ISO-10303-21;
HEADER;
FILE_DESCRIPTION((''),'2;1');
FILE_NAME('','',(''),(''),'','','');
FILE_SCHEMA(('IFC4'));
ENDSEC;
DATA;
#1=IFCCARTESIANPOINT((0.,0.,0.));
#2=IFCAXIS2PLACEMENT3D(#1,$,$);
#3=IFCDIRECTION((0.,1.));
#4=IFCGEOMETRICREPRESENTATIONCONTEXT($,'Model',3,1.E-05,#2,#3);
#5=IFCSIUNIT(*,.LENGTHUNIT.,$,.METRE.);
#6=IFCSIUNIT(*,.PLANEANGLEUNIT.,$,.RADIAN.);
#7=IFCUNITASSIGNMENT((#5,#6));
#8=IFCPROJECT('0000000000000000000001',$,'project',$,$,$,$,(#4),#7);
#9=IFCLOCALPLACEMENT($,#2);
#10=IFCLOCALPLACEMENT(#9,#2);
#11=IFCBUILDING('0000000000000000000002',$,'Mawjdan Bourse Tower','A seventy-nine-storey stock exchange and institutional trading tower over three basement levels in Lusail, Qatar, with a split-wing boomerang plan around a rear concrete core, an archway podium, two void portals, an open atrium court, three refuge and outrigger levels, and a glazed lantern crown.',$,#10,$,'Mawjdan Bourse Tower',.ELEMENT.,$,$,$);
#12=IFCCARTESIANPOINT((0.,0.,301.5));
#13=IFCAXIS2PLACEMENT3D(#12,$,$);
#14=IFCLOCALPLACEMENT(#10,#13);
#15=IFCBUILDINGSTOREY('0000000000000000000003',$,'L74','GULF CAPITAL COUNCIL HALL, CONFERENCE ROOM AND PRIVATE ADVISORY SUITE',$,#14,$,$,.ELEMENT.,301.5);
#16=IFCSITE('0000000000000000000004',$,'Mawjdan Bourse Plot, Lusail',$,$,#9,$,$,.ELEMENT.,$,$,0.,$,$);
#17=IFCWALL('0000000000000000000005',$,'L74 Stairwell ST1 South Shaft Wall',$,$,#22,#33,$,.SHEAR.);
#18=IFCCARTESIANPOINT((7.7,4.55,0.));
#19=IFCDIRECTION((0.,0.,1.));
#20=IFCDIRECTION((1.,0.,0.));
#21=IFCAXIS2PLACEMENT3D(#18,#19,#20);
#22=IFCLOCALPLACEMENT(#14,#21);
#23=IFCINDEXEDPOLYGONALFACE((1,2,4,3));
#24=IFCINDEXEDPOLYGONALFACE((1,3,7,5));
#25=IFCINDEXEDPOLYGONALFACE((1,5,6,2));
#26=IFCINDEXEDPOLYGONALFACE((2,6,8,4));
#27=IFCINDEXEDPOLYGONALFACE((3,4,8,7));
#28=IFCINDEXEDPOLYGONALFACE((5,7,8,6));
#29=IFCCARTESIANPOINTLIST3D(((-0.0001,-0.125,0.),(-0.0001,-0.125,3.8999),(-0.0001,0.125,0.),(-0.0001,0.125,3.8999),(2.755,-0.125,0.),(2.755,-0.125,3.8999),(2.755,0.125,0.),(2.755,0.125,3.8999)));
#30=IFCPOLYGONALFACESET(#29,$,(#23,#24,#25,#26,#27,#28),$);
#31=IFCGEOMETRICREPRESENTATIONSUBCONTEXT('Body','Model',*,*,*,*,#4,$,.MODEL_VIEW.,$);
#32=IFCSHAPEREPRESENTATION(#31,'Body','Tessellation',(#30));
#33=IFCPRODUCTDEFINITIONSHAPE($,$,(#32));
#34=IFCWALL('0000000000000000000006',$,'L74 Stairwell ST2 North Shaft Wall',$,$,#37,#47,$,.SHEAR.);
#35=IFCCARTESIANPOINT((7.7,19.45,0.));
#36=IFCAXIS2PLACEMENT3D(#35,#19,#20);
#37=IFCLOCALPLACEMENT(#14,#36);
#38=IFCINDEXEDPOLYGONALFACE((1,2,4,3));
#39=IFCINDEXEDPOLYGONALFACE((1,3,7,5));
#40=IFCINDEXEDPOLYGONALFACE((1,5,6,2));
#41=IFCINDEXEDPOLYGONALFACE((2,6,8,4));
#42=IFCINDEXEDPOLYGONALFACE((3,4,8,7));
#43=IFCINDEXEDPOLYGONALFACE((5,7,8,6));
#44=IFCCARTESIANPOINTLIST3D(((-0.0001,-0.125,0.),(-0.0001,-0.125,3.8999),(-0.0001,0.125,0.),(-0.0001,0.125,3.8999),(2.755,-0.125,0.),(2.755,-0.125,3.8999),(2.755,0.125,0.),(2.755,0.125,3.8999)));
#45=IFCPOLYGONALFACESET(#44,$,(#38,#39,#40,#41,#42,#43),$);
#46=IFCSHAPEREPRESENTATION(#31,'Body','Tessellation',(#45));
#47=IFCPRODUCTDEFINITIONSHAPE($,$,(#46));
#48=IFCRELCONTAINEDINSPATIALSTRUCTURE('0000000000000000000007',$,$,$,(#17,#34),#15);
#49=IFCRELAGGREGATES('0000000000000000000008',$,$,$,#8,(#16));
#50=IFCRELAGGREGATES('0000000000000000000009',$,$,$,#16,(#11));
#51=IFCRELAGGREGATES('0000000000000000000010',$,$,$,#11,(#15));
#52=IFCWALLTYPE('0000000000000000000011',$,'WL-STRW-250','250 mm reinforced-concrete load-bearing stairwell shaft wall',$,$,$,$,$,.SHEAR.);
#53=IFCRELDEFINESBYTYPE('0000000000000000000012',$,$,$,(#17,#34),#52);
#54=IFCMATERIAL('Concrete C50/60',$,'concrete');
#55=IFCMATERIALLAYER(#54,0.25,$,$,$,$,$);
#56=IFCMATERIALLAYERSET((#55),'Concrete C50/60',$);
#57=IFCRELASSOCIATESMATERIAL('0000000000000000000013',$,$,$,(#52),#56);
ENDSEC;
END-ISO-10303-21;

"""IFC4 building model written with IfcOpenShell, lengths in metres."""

from ifc_helpers import new_model, si_unit, direction, frame, frame_2d, origin, place, context, subcontext, project, spatial, rectangle, extrude, material, layer, layer_set, type_object, element, save


model = new_model("IFC4")

# Units and contexts
model_context = context("Model", 3, precision=1e-05, world=origin(), true_north=direction((0.0, 1.0)))
body_context = subcontext(model_context, "Body", "Model", "MODEL_VIEW")
ifc_project = project(units=[si_unit("LENGTHUNIT", "METRE"), si_unit("PLANEANGLEUNIT", "RADIAN")], contexts=[model_context])

# Site, building, storey
site_placement = place(None, origin())
site = spatial("IfcSite", under=ifc_project, at=site_placement, Name="Mawjdan Bourse Plot, Lusail", CompositionType="ELEMENT", RefElevation=0.0)
building_placement = place(site_placement, origin())
building = spatial("IfcBuilding", under=site, at=building_placement, Name="Mawjdan Bourse Tower", Description="A seventy-nine-storey stock exchange and institutional trading tower over three basement levels in Lusail, Qatar, with a split-wing boomerang plan around a rear concrete core, an archway podium, two void portals, an open atrium court, three refuge and outrigger levels, and a glazed lantern crown.", LongName="Mawjdan Bourse Tower", CompositionType="ELEMENT")
storey_placement = place(building_placement, frame((0.0, 0.0, 301.5)))
storey = spatial("IfcBuildingStorey", under=building, at=storey_placement, Name="L74", Description="GULF CAPITAL COUNCIL HALL, CONFERENCE ROOM AND PRIVATE ADVISORY SUITE", CompositionType="ELEMENT", Elevation=301.5)

# Shared definitions
ifc_material_1 = material(Name="Concrete C50/60", Category="concrete")

# Walls
ifc_layer_1 = layer(ifc_material_1, 0.25)
ifc_layer_set_1 = layer_set([ifc_layer_1], Name="Concrete C50/60")
wall_type_1 = type_object("IfcWallType", Name="WL-STRW-250", Description="250 mm reinforced-concrete load-bearing stairwell shaft wall", PredefinedType="SHEAR", material=ifc_layer_set_1)
for number, where, z_axis, x_axis, name in (
    (1, (7.7, 4.55, 0.0), (0.0, 0.0, 1.0), (1.0, 0.0, 0.0), "L74 Stairwell ST1 South Shaft Wall"),
    (2, (7.7, 19.45, 0.0), (0.0, 0.0, 1.0), (1.0, 0.0, 0.0), "L74 Stairwell ST2 North Shaft Wall"),
):
    element("IfcWall", number, at=place(storey_placement, frame(where, z_axis=z_axis, x_axis=x_axis)), inside=storey, type_object=wall_type_1, Name=name, PredefinedType="SHEAR", context=body_context, shape_type="SweptSolid", body=[
        extrude(rectangle(XDim=2.7551, YDim=0.25, at=frame_2d((1.3774, 0.0))), origin(), (0.0, 0.0, 1.0), 3.8999),
    ])

save(model, "model.ifc")
